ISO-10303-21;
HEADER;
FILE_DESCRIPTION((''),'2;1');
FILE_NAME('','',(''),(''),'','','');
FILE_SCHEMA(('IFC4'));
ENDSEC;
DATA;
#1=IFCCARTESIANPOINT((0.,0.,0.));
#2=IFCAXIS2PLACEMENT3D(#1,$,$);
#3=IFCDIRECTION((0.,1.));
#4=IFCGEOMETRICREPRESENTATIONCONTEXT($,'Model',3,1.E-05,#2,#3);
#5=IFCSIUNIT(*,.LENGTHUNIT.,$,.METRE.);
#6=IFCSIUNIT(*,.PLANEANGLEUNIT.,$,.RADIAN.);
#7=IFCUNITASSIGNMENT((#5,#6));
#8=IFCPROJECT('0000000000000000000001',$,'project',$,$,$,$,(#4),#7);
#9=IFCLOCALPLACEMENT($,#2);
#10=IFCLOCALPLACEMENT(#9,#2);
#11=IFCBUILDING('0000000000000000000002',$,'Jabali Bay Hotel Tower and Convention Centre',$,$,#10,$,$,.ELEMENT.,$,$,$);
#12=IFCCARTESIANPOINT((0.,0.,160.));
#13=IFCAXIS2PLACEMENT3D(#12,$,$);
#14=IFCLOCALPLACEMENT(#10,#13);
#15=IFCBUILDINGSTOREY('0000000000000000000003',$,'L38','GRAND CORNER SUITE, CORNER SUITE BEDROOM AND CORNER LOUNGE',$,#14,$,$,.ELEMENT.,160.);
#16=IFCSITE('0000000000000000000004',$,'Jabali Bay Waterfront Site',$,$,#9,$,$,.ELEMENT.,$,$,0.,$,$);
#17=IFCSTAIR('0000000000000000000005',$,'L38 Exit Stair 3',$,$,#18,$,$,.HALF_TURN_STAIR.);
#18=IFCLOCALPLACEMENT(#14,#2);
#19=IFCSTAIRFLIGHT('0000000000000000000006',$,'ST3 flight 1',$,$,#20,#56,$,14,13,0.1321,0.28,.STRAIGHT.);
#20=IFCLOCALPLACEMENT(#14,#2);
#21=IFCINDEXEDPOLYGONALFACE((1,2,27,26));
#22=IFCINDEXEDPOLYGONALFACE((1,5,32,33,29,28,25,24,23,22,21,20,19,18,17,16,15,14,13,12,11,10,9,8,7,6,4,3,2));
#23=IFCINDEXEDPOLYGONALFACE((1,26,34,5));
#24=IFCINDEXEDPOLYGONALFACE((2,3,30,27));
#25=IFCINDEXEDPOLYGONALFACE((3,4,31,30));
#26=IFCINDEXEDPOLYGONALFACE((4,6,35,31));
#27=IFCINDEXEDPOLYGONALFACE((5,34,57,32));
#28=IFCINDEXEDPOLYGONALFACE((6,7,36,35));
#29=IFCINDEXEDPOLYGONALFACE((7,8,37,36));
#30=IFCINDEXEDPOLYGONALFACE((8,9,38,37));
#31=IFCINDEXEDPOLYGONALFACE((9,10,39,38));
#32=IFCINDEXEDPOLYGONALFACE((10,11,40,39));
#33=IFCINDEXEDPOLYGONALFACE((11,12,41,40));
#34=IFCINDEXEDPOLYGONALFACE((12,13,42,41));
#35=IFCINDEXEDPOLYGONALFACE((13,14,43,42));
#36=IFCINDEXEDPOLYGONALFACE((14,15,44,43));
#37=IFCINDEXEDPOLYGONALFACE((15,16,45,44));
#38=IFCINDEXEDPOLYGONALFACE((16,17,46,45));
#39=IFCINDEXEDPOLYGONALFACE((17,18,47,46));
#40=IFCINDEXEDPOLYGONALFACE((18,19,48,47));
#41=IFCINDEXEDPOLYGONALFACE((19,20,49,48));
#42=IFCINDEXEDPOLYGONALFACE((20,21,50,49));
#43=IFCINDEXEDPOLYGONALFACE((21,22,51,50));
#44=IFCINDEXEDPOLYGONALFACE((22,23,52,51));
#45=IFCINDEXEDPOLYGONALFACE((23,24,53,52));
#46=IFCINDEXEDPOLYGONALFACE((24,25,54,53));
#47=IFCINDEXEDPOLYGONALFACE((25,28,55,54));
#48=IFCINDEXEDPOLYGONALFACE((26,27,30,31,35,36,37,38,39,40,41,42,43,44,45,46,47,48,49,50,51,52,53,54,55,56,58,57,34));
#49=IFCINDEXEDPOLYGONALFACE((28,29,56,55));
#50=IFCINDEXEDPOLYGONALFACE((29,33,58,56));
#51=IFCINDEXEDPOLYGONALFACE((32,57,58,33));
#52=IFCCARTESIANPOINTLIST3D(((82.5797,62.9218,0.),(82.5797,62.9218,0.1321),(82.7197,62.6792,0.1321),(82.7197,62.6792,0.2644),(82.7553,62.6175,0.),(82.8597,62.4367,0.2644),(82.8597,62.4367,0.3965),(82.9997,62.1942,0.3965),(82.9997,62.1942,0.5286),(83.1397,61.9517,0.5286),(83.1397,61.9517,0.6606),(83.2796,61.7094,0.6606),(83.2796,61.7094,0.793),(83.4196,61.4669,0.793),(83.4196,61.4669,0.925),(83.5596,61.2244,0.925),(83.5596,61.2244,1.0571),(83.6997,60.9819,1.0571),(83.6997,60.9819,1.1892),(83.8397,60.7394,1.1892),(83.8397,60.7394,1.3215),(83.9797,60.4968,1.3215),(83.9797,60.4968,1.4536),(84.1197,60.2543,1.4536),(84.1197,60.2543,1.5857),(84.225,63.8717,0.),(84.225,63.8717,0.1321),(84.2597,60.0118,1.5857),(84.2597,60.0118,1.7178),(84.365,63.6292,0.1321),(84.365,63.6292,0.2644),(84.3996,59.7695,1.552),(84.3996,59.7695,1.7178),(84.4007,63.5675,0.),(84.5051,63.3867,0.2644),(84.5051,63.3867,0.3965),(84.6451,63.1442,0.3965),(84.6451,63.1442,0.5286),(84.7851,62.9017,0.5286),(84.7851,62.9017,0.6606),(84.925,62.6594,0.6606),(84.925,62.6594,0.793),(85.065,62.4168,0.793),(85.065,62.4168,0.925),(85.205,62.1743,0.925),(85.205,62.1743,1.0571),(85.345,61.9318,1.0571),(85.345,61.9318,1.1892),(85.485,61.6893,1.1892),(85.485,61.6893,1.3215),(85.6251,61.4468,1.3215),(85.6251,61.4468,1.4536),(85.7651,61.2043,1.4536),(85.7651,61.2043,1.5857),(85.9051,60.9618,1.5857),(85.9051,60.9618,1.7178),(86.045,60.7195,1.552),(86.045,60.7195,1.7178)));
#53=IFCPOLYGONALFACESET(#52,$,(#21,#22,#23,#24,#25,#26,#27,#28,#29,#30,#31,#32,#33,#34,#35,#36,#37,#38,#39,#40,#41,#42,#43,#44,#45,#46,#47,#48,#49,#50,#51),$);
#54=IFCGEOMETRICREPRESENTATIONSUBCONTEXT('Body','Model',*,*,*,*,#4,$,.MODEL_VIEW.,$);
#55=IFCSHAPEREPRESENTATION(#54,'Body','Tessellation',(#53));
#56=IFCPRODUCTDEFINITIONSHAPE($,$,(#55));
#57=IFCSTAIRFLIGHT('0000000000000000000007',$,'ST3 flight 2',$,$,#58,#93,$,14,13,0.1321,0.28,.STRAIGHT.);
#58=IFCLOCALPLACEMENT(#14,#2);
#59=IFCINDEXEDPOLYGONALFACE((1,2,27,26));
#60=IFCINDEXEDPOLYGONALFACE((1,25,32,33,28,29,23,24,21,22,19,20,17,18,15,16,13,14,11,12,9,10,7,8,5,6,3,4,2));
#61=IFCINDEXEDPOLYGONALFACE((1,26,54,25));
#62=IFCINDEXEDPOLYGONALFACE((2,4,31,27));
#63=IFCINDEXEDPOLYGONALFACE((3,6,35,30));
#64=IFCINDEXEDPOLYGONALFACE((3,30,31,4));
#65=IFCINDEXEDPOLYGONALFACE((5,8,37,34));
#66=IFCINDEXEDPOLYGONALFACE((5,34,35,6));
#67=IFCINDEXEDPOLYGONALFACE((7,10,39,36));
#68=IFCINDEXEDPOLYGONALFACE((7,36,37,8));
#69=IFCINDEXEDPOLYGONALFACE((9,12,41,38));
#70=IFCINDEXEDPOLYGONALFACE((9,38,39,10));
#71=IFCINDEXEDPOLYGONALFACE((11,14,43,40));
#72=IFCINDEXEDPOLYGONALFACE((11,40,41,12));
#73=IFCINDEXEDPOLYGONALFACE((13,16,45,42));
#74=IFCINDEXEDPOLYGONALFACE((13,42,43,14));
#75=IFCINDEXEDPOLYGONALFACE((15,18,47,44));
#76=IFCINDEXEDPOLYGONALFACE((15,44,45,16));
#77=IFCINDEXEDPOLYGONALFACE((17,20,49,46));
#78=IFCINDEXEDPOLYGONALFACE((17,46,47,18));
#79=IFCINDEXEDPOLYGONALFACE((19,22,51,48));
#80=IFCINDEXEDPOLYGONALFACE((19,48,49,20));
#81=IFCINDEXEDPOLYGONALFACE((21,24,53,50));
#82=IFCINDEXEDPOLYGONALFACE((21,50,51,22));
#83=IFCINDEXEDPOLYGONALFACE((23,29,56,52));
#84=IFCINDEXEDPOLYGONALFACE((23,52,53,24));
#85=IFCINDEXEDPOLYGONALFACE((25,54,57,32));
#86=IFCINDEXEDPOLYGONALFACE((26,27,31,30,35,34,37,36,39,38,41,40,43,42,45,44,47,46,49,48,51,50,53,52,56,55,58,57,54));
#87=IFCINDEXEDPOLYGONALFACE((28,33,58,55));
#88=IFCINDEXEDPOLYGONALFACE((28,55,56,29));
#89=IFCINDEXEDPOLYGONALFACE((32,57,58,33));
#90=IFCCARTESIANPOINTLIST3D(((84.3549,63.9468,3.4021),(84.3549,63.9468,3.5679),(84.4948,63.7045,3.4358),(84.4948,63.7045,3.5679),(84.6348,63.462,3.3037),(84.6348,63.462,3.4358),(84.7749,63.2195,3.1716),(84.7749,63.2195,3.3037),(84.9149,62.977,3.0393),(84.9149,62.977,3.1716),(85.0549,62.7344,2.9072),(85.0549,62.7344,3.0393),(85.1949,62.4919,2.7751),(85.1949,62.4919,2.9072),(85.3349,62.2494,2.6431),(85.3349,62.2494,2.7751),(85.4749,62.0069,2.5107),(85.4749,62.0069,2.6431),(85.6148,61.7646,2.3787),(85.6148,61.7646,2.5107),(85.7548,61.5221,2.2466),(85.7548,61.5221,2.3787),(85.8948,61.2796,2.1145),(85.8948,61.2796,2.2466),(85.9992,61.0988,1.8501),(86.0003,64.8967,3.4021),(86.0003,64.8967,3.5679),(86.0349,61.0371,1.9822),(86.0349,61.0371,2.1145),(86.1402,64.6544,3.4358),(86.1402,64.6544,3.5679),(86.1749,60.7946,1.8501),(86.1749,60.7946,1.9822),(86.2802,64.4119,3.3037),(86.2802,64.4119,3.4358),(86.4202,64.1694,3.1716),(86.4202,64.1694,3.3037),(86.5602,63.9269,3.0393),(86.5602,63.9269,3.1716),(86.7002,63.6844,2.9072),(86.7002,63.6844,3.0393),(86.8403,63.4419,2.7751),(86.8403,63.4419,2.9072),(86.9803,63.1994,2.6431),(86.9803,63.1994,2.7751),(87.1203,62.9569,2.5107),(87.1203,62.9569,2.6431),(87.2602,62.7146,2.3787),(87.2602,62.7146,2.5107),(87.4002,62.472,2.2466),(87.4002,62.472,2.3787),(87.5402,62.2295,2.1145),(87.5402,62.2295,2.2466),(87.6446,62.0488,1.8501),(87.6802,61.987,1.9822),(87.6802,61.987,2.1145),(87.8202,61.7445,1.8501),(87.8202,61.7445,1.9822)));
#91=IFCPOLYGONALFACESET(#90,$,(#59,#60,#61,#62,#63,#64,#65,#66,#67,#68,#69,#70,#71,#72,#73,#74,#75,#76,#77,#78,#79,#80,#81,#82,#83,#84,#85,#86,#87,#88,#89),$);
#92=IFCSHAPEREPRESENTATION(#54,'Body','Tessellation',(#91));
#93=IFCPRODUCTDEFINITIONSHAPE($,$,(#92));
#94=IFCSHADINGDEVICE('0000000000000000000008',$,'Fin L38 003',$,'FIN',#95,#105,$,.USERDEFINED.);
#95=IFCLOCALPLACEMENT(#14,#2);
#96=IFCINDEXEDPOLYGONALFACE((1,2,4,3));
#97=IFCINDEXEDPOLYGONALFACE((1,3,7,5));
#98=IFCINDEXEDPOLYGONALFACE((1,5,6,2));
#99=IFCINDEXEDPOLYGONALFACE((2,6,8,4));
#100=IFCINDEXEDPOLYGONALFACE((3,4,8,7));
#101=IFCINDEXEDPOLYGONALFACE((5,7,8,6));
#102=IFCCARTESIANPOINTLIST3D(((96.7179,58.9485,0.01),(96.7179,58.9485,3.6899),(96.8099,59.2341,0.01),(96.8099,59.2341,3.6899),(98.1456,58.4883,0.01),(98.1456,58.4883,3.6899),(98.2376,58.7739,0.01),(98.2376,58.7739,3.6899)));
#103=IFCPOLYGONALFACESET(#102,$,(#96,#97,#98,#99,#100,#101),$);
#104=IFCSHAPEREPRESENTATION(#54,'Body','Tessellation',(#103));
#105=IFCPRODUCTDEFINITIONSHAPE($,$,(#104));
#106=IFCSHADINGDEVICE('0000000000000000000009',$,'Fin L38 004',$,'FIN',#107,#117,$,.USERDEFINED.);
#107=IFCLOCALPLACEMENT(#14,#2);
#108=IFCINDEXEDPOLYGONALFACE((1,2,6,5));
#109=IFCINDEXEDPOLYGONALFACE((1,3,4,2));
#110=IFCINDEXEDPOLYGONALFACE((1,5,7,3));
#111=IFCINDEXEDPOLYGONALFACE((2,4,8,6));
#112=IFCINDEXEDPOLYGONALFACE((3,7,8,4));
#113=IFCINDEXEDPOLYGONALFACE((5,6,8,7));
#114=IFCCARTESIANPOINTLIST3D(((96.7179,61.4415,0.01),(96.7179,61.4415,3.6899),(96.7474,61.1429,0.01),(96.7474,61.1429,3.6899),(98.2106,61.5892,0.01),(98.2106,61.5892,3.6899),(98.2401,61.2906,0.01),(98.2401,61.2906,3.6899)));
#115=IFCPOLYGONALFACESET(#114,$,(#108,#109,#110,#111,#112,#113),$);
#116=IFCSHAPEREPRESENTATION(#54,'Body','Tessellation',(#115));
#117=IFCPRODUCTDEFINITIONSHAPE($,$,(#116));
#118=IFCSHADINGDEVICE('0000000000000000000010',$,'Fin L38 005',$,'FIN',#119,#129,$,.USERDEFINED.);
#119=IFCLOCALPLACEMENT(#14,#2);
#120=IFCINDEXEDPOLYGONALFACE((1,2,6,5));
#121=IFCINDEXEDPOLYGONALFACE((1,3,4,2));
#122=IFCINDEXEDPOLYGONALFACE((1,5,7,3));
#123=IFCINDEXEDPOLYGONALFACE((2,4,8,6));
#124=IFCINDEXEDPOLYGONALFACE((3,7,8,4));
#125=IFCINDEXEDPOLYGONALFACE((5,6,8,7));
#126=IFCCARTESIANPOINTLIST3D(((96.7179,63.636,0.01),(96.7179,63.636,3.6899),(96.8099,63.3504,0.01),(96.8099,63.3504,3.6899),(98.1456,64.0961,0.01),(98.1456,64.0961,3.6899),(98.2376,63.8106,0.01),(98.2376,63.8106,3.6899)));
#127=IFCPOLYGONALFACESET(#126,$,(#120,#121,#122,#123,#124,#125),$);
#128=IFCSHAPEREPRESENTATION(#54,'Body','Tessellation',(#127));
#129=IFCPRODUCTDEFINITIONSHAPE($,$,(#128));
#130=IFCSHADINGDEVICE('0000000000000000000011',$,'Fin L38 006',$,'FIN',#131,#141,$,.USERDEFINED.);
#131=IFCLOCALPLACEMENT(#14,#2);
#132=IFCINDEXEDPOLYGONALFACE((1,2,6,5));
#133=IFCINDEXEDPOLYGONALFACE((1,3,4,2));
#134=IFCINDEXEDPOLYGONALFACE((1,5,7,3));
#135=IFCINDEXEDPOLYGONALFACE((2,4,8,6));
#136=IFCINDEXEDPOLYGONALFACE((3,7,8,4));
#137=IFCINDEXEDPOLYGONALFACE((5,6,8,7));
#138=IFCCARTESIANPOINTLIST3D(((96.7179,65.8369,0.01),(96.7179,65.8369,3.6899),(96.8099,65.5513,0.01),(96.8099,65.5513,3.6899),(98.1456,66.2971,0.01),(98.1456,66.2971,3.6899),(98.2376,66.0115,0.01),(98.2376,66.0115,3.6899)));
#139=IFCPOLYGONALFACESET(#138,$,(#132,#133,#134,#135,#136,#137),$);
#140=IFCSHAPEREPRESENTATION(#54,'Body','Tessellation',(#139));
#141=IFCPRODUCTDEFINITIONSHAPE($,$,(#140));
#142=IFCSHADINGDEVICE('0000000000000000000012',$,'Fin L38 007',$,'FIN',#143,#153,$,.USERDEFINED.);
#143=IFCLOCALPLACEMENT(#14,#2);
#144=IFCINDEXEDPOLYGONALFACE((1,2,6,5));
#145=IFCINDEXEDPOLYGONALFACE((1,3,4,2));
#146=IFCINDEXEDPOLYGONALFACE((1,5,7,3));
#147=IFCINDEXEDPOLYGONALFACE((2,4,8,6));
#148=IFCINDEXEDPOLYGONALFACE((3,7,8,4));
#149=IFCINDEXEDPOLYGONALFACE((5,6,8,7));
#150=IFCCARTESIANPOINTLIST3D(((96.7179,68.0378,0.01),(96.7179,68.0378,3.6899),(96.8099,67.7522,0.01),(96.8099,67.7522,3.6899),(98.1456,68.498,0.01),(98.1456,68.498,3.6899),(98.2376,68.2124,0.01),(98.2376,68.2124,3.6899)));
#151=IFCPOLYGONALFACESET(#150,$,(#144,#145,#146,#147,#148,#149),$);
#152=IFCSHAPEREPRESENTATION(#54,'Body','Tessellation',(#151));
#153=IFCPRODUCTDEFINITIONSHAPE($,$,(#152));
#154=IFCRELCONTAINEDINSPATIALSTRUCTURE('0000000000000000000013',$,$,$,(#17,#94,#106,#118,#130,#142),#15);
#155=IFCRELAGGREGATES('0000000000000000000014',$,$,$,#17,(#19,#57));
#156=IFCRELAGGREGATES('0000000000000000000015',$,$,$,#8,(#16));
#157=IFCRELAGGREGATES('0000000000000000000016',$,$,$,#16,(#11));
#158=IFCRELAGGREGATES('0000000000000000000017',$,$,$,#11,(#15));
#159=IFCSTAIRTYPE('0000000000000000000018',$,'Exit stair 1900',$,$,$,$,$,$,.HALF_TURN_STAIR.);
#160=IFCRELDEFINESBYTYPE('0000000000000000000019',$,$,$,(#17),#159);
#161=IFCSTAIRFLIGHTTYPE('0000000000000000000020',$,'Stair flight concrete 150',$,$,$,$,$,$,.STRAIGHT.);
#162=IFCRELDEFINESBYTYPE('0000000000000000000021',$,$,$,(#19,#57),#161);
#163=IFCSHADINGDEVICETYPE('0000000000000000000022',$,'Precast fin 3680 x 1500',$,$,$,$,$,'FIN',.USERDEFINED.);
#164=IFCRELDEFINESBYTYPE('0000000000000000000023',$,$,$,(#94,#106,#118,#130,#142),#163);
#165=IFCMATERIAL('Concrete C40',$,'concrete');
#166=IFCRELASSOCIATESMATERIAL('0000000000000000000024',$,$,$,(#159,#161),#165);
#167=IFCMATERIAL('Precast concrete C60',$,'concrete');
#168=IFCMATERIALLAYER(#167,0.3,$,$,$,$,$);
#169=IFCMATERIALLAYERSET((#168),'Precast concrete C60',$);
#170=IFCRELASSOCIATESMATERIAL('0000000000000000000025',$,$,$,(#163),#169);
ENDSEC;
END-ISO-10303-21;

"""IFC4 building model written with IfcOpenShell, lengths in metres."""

from ifc_helpers import new_model, si_unit, direction, frame, frame_2d, origin, place, context, subcontext, project, spatial, polyline, rectangle, outline, extrude, material, layer, layer_set, type_object, element, aggregate, save


model = new_model("IFC4")

# Units and contexts
model_context = context("Model", 3, precision=1e-05, world=origin(), true_north=direction((0.0, 1.0)))
body_context = subcontext(model_context, "Body", "Model", "MODEL_VIEW")
ifc_project = project(units=[si_unit("LENGTHUNIT", "METRE"), si_unit("PLANEANGLEUNIT", "RADIAN")], contexts=[model_context])

# Site, building, storey
site_placement = place(None, origin())
site = spatial("IfcSite", under=ifc_project, at=site_placement, Name="Jabali Bay Waterfront Site", CompositionType="ELEMENT", RefElevation=0.0)
building_placement = place(site_placement, origin())
building = spatial("IfcBuilding", under=site, at=building_placement, Name="Jabali Bay Hotel Tower and Convention Centre", CompositionType="ELEMENT")
storey_placement = place(building_placement, frame((0.0, 0.0, 160.0)))
storey = spatial("IfcBuildingStorey", under=building, at=storey_placement, Name="L38", Description="GRAND CORNER SUITE, CORNER SUITE BEDROOM AND CORNER LOUNGE", CompositionType="ELEMENT", Elevation=160.0)

# Shared definitions
ifc_material_1 = material(Name="Concrete C40", Category="concrete")

# Stair, stair flights
stair_type = type_object("IfcStairType", Name="Exit stair 1900", PredefinedType="HALF_TURN_STAIR", material=ifc_material_1)
stair_placement = place(storey_placement, origin())
stair = element("IfcStair", 1, at=stair_placement, inside=storey, type_object=stair_type, Name="L38 Exit Stair 3", PredefinedType="HALF_TURN_STAIR")
stair_flight_type = type_object("IfcStairFlightType", Name="Stair flight concrete 150", PredefinedType="STRAIGHT", material=ifc_material_1)
stair_flight_1_placement = place(storey_placement, frame((83.4023, 63.3967, 0.0), z_axis=(0.0, 0.0, 1.0), x_axis=(0.5, -0.866025, 0.0)))
stair_flight_1 = element("IfcStairFlight", 2, at=stair_flight_1_placement, type_object=stair_flight_type, Name="ST3 flight 1", NumberOfRisers=14, NumberOfTreads=13, PredefinedType="STRAIGHT", RiserHeight=0.1321, TreadLength=0.28, context=body_context, shape_type="SweptSolid", body=[
    extrude(outline(polyline([(0.0, 0.0), (0.0, 0.1321), (0.28, 0.1321), (0.28, 0.2644), (0.5601, 0.2644), (0.5601, 0.3965), (0.8401, 0.3965), (0.8401, 0.5286), (1.1201, 0.5286), (1.1201, 0.6606), (1.3999, 0.6606), (1.3999, 0.793), (1.6799, 0.793), (1.6799, 0.925), (1.96, 0.925), (1.96, 1.0571), (2.24, 1.0571), (2.24, 1.1892), (2.52, 1.1892), (2.52, 1.3215), (2.8, 1.3215), (2.8, 1.4536), (3.0801, 1.4536), (3.0801, 1.5857), (3.3601, 1.5857), (3.3601, 1.7178), (3.6399, 1.7178), (3.6399, 1.8501), (3.6399, 1.552), (0.3513, 0.0), (0.0, 0.0)])), frame((0.0, 0.95, 0.0), z_axis=(0.0, -1.0, 0.0), x_axis=(1.0, 0.0, 0.0)), (0.0, 0.0, 1.0), 1.8999),
])
stair_flight_2_placement = place(storey_placement, frame((86.9976, 61.2695, 1.8501), z_axis=(0.0, 0.0, 1.0), x_axis=(-0.5, 0.866025, 0.0)))
stair_flight_2 = element("IfcStairFlight", 3, at=stair_flight_2_placement, type_object=stair_flight_type, Name="ST3 flight 2", NumberOfRisers=14, NumberOfTreads=13, PredefinedType="STRAIGHT", RiserHeight=0.1321, TreadLength=0.28, context=body_context, shape_type="SweptSolid", body=[
    extrude(outline(polyline([(0.0, 0.0), (0.0, 0.1321), (0.28, 0.1321), (0.28, 0.2644), (0.5601, 0.2644), (0.5601, 0.3965), (0.8401, 0.3965), (0.8401, 0.5286), (1.1201, 0.5286), (1.1201, 0.6606), (1.3999, 0.6606), (1.3999, 0.793), (1.6799, 0.793), (1.6799, 0.925), (1.96, 0.925), (1.96, 1.0571), (2.24, 1.0571), (2.24, 1.1892), (2.52, 1.1892), (2.52, 1.3215), (2.8, 1.3215), (2.8, 1.4536), (3.0801, 1.4536), (3.0801, 1.5857), (3.3601, 1.5857), (3.3601, 1.7178), (3.6399, 1.7178), (3.6399, 1.8501), (3.6399, 1.552), (0.3513, 0.0), (0.0, 0.0)])), frame((0.0, 0.95, 0.0), z_axis=(0.0, -1.0, 0.0), x_axis=(1.0, 0.0, 0.0)), (0.0, 0.0, 1.0), 1.8999),
])
aggregate(stair, [stair_flight_1, stair_flight_2])

# Shading devices
ifc_material_2 = material(Name="Precast concrete C60", Category="concrete")
ifc_layer_1 = layer(ifc_material_2, 0.3)
ifc_layer_set_1 = layer_set([ifc_layer_1], Name="Precast concrete C60")
shading_device_type = type_object("IfcShadingDeviceType", Name="Precast fin 3680 x 1500", ElementType="FIN", PredefinedType="USERDEFINED", material=ifc_layer_set_1)
for number, where, z_axis, x_axis, name in (
    (4, (96.7639, 59.0913, 0.01), (0.0, 0.0, 1.0), (0.951778, -0.306789, 0.0), "Fin L38 003"),
    (5, (96.7327, 61.2922, 0.01), (0.0, 0.0, 1.0), (0.99514, 0.098472, 0.0), "Fin L38 004"),
    (6, (96.7639, 63.4932, 0.01), (0.0, 0.0, 1.0), (0.951778, 0.306789, 0.0), "Fin L38 005"),
    (7, (96.7639, 65.6941, 0.01), (0.0, 0.0, 1.0), (0.951778, 0.306789, 0.0), "Fin L38 006"),
    (8, (96.7639, 67.895, 0.01), (0.0, 0.0, 1.0), (0.951778, 0.306789, 0.0), "Fin L38 007"),
):
    element("IfcShadingDevice", number, at=place(storey_placement, frame(where, z_axis=z_axis, x_axis=x_axis)), inside=storey, type_object=shading_device_type, Name=name, ObjectType="FIN", PredefinedType="USERDEFINED", context=body_context, shape_type="SweptSolid", body=[
        extrude(rectangle(XDim=1.5, YDim=0.3, at=frame_2d((0.75, 0.0))), origin(), (0.0, 0.0, 1.0), 3.6799),
    ])

save(model, "model.ifc")
